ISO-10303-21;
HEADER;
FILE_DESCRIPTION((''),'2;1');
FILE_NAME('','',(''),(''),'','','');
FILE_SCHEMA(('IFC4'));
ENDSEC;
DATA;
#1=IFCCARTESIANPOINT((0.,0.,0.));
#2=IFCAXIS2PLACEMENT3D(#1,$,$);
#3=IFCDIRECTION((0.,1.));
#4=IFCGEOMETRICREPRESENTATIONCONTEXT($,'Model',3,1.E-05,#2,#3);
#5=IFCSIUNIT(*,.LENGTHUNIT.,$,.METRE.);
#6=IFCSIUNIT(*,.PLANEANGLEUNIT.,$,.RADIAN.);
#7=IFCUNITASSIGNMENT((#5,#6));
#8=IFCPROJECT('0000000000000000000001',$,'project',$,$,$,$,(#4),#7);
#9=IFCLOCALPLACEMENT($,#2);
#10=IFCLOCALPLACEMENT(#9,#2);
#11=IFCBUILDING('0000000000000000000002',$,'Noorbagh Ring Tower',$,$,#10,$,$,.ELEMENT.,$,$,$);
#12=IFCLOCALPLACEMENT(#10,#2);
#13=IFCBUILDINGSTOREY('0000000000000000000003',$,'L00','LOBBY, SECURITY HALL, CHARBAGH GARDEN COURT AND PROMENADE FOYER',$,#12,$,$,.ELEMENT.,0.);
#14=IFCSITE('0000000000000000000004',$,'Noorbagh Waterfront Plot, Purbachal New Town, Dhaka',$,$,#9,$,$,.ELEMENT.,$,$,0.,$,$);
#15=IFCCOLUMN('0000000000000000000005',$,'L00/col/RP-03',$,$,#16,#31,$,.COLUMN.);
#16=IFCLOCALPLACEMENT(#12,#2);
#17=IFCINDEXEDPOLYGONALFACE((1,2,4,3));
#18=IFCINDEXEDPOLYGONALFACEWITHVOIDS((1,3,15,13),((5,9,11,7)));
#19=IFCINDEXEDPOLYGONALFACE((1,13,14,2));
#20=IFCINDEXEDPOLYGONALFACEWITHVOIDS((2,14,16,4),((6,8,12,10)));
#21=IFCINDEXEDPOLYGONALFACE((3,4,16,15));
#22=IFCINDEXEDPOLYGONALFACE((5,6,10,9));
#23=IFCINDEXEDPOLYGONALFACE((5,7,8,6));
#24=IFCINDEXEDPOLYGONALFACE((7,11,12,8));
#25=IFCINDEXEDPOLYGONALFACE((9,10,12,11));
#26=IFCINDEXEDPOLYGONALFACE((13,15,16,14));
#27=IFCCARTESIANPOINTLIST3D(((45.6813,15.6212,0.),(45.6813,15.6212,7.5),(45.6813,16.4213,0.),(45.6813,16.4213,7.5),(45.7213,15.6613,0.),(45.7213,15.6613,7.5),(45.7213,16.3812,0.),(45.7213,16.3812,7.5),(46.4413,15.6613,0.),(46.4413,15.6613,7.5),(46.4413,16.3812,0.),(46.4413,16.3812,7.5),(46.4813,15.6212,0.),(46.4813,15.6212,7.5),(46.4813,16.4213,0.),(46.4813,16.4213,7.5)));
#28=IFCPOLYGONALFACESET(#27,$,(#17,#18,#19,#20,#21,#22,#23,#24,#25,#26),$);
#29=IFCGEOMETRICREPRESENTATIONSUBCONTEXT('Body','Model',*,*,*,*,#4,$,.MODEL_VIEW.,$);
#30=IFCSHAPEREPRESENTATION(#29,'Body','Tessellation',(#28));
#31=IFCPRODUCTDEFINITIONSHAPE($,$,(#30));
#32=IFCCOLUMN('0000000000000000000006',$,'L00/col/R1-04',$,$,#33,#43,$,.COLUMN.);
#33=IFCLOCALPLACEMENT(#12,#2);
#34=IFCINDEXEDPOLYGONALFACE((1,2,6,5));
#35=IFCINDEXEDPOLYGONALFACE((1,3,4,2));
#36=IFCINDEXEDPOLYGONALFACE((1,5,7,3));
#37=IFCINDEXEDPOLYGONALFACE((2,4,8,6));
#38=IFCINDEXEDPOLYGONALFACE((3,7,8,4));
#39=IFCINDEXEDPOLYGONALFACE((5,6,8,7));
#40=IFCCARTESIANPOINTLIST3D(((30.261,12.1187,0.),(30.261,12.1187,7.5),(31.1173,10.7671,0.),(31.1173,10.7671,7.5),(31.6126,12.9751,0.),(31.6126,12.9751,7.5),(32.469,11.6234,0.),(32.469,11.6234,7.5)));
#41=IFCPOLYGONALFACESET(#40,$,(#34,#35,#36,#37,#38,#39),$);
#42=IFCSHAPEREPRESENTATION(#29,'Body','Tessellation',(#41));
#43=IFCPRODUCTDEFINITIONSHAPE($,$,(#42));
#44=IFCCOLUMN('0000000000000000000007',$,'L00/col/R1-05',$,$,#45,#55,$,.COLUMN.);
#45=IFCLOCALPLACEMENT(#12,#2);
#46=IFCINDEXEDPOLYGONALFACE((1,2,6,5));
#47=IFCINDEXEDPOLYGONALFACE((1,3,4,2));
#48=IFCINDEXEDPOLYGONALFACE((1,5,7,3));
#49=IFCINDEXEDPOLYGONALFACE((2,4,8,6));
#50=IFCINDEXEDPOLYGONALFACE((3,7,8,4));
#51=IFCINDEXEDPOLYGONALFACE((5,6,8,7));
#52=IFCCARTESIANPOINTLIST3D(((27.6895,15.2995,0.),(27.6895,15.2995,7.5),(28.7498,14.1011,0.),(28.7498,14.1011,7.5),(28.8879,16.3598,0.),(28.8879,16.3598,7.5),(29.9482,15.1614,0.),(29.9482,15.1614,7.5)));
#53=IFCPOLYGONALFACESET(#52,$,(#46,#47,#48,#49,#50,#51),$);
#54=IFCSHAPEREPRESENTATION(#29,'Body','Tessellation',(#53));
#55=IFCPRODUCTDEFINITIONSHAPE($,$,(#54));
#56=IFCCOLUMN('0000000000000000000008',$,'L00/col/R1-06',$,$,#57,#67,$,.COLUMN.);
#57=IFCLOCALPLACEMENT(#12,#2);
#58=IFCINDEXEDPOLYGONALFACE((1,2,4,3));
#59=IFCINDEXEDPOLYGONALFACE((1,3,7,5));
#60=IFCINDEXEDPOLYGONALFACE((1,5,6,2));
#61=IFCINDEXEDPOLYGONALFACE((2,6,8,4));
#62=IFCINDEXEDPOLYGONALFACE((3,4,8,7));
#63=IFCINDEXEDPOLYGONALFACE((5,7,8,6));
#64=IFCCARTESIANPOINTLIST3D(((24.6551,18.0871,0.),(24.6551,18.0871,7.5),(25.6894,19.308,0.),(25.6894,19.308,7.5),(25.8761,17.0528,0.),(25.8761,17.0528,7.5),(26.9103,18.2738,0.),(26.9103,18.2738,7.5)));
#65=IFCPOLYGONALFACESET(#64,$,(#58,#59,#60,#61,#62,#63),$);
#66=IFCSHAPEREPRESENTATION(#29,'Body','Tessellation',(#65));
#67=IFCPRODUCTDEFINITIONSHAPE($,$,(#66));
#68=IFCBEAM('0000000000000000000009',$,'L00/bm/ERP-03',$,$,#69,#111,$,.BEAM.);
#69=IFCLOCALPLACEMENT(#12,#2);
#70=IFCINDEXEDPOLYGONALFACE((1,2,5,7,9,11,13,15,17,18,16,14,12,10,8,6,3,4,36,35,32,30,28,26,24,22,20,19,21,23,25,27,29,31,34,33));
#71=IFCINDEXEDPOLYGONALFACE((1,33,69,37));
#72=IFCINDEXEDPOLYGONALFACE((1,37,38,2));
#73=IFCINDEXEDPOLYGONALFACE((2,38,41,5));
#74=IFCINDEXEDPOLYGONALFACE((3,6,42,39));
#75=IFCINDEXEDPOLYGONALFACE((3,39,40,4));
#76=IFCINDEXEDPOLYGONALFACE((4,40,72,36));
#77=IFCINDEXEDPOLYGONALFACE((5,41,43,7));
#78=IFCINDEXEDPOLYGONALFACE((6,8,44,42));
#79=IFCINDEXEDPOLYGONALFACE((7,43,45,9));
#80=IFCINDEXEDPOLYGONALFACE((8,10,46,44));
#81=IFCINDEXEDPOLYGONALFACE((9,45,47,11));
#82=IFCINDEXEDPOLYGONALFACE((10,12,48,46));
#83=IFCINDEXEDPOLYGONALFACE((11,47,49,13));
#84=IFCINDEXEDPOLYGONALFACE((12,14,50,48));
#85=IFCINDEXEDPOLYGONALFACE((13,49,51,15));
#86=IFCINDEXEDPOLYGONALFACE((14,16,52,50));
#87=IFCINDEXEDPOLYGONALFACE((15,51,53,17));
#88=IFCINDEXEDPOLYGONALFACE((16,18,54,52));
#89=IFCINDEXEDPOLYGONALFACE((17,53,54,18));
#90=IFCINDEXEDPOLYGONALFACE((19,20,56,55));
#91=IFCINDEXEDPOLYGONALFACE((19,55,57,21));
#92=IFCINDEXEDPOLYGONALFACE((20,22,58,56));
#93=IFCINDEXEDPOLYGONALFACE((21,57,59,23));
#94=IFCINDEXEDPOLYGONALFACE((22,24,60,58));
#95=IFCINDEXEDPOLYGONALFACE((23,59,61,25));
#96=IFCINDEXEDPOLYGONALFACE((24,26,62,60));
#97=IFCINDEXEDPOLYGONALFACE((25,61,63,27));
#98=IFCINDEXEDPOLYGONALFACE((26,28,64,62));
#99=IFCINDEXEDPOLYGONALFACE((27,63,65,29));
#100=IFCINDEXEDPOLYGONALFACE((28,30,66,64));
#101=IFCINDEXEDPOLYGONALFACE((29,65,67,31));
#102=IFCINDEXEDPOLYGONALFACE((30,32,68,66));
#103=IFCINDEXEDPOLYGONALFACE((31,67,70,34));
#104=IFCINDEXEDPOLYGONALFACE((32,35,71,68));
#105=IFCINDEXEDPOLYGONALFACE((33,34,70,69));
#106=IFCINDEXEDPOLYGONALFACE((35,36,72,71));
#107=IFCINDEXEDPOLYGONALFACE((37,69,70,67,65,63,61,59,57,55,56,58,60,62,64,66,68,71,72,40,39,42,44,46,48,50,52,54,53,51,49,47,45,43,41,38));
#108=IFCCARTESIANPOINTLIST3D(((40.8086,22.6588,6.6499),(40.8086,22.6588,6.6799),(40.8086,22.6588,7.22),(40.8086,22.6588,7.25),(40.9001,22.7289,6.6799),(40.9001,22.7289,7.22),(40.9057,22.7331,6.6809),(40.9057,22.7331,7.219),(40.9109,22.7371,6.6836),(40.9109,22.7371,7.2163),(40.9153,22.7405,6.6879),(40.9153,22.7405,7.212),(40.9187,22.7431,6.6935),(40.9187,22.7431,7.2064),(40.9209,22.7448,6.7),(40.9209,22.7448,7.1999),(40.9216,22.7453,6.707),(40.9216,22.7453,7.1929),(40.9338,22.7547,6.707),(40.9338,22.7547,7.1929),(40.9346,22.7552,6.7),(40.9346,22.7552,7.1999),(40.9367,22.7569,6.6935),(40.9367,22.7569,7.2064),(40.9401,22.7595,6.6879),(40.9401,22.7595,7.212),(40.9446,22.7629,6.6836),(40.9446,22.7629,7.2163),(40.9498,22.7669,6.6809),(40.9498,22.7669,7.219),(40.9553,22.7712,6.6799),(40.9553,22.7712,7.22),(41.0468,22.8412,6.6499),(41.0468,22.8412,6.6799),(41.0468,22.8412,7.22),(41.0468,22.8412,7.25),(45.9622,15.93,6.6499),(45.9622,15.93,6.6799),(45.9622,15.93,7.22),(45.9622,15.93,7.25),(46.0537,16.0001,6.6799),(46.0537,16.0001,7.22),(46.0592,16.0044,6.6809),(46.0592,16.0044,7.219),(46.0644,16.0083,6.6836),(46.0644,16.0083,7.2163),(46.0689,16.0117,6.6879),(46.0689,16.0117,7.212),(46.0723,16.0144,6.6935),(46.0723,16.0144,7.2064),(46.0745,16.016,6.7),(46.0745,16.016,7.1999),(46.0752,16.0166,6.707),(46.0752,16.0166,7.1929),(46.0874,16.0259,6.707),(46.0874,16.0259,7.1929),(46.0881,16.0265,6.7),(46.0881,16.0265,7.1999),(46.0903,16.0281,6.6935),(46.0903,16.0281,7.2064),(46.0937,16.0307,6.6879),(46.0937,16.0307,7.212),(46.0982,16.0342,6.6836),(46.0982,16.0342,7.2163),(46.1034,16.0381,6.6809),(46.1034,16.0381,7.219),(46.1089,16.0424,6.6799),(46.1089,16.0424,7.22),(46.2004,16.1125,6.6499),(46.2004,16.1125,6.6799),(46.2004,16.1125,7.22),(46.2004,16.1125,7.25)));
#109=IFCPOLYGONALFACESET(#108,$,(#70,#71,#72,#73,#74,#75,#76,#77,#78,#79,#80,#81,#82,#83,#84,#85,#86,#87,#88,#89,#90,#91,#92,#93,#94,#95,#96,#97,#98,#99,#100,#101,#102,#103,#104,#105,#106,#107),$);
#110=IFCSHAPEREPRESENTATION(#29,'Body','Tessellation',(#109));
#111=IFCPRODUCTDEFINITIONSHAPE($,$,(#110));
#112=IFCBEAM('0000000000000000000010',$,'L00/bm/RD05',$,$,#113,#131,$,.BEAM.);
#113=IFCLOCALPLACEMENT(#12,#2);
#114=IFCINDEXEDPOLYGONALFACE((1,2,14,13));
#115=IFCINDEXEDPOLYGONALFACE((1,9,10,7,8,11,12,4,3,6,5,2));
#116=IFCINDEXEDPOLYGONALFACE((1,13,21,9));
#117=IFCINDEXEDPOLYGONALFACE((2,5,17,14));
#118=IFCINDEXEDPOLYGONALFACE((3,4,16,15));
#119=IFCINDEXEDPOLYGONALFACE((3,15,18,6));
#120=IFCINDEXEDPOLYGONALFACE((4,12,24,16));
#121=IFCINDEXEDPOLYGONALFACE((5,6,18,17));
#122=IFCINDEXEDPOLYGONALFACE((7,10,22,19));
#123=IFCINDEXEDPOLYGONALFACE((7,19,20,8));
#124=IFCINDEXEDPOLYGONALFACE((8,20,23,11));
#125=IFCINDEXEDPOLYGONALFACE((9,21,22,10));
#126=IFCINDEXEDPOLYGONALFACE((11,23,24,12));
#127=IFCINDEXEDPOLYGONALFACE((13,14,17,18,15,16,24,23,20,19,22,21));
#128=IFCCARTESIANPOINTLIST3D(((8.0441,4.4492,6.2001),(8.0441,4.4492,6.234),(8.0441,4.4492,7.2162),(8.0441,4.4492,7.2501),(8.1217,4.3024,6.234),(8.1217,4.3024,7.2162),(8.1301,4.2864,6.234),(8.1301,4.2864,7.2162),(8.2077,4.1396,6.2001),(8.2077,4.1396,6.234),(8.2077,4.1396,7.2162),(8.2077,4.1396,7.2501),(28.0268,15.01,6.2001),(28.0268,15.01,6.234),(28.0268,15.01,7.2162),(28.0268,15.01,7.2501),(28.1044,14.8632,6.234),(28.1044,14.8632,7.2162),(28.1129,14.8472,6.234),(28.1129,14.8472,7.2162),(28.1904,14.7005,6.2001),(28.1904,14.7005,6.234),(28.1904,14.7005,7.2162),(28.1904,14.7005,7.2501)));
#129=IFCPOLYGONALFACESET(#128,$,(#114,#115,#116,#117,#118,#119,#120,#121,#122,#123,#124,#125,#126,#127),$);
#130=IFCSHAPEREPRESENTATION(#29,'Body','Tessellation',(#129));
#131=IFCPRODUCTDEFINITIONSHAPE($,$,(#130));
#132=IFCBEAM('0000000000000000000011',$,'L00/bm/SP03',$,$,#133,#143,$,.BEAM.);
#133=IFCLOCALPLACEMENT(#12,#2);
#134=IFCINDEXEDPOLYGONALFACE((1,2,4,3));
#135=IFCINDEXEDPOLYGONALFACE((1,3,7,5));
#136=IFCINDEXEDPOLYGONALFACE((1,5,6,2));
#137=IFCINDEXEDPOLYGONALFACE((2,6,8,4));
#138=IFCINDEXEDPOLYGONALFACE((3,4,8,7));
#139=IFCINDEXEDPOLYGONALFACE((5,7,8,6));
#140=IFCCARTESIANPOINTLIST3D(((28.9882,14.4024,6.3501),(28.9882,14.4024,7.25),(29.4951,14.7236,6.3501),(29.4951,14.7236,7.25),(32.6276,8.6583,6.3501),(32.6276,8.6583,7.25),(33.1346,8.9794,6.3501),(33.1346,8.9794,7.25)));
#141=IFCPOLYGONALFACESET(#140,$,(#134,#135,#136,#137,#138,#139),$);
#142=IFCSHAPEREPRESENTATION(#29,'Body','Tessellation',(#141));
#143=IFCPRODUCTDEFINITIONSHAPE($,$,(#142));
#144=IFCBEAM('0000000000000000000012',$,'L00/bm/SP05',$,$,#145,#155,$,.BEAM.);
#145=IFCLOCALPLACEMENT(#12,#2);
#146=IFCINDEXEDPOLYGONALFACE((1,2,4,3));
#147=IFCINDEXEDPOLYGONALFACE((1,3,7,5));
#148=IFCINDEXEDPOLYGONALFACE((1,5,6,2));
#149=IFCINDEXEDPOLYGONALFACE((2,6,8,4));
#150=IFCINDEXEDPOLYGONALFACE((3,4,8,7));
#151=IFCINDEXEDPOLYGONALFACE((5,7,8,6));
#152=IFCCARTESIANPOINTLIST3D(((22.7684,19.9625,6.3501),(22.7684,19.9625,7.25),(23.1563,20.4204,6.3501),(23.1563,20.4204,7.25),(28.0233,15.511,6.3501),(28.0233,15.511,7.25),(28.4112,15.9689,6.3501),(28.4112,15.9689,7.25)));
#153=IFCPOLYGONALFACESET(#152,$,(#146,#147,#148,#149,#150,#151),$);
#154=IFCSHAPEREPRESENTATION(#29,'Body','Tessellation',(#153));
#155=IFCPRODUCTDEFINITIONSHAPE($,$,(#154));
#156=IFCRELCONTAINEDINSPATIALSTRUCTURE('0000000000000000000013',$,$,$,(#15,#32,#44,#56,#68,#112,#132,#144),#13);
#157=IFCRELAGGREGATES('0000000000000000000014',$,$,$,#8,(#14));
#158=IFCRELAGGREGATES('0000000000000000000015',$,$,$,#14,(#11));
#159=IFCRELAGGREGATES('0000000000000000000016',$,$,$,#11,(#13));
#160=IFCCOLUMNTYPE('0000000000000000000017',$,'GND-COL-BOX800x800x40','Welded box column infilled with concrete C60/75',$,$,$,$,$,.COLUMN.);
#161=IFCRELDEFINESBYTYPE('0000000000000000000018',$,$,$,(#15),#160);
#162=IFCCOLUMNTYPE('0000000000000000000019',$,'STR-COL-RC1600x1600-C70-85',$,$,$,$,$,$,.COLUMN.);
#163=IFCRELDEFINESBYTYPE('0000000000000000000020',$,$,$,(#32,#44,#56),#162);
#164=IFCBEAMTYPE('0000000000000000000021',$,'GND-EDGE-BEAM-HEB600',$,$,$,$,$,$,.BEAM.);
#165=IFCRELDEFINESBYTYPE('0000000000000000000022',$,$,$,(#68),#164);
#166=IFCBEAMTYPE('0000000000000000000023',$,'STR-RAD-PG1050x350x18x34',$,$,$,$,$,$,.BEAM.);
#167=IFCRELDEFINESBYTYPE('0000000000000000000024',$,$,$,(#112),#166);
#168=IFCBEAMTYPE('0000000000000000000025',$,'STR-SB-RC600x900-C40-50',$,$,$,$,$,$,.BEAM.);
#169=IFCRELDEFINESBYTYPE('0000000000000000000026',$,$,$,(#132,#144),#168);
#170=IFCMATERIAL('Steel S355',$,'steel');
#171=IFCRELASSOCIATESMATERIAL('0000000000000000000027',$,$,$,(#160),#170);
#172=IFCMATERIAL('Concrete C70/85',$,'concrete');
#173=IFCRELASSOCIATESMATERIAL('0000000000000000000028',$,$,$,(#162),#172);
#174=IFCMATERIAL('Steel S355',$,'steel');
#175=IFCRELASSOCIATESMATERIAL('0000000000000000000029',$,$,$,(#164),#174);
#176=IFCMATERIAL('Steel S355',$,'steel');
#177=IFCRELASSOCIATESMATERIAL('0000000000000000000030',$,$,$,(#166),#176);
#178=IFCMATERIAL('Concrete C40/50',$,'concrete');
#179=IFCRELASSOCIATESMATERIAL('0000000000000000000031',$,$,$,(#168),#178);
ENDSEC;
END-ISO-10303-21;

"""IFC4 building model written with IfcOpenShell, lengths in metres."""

from ifc_helpers import new_model, si_unit, direction, frame, origin, origin_2d, place, context, subcontext, project, spatial, rectangle, hollow_rectangle, i_section, extrude, material, material_profile, profile_set, type_object, element, save


model = new_model("IFC4")

# Units and contexts
model_context = context("Model", 3, precision=1e-05, world=origin(), true_north=direction((0.0, 1.0)))
body_context = subcontext(model_context, "Body", "Model", "MODEL_VIEW")
ifc_project = project(units=[si_unit("LENGTHUNIT", "METRE"), si_unit("PLANEANGLEUNIT", "RADIAN")], contexts=[model_context])

# Site, building, storey
site_placement = place(None, origin())
site = spatial("IfcSite", under=ifc_project, at=site_placement, Name="Noorbagh Waterfront Plot, Purbachal New Town, Dhaka", CompositionType="ELEMENT", RefElevation=0.0)
building_placement = place(site_placement, origin())
building = spatial("IfcBuilding", under=site, at=building_placement, Name="Noorbagh Ring Tower", CompositionType="ELEMENT")
storey_placement = place(building_placement, origin())
storey = spatial("IfcBuildingStorey", under=building, at=storey_placement, Name="L00", Description="LOBBY, SECURITY HALL, CHARBAGH GARDEN COURT AND PROMENADE FOYER", CompositionType="ELEMENT", Elevation=0.0)

# Columns
ifc_material_1 = material(Name="Steel S355", Category="steel")
ifc_material_profile_1 = material_profile(ifc_material_1, hollow_rectangle(XDim=0.8, YDim=0.8, WallThickness=0.04, at=origin_2d()), Name="BOX800x800x40")
ifc_profile_set_1 = profile_set([ifc_material_profile_1], Name="Steel S355")
column_type_1 = type_object("IfcColumnType", Name="GND-COL-BOX800x800x40", Description="Welded box column infilled with concrete C60/75", PredefinedType="COLUMN", material=ifc_profile_set_1)
column_placement = place(storey_placement, frame((46.0813, 16.0212, 0.0), z_axis=(0.0, 0.0, 1.0), x_axis=(1.0, 0.0, 0.0)))
element("IfcColumn", 1, at=column_placement, inside=storey, type_object=column_type_1, Name="L00/col/RP-03", PredefinedType="COLUMN", context=body_context, shape_type="SweptSolid", body=[
    extrude(hollow_rectangle(XDim=0.8, YDim=0.8, WallThickness=0.04, at=origin_2d()), origin(), (0.0, 0.0, 1.0), 7.5),
])
ifc_material_2 = material(Name="Concrete C70/85", Category="concrete")
ifc_material_profile_2 = material_profile(ifc_material_2, rectangle(XDim=1.6001, YDim=1.6001, at=origin_2d()), Name="RC1600x1600")
ifc_profile_set_2 = profile_set([ifc_material_profile_2], Name="Concrete C70/85")
column_type_2 = type_object("IfcColumnType", Name="STR-COL-RC1600x1600-C70-85", PredefinedType="COLUMN", material=ifc_profile_set_2)
for number, where, z_axis, x_axis, name in (
    (2, (31.365, 11.8711, 0.0), (0.0, 0.0, 1.0), (-0.53519, 0.844731, 0.0), "L00/col/R1-04"),
    (3, (28.8188, 15.2305, 0.0), (0.0, 0.0, 1.0), (-0.662636, 0.748942, 0.0), "L00/col/R1-05"),
    (4, (25.7827, 18.1804, 0.0), (0.0, 0.0, 1.0), (-0.763035, 0.646357, 0.0), "L00/col/R1-06"),
):
    element("IfcColumn", number, at=place(storey_placement, frame(where, z_axis=z_axis, x_axis=x_axis)), inside=storey, type_object=column_type_2, Name=name, PredefinedType="COLUMN", context=body_context, shape_type="SweptSolid", body=[
        extrude(rectangle(XDim=1.6001, YDim=1.6001, at=origin_2d()), origin(), (0.0, 0.0, 1.0), 7.5),
    ])

# Beams
ifc_material_3 = material(Name="Steel S355", Category="steel")
ifc_material_profile_3 = material_profile(ifc_material_3, i_section(OverallWidth=0.3, OverallDepth=0.6001, WebThickness=0.0154, FlangeThickness=0.03, FilletRadius=0.0271, at=origin_2d()), Name="HEB600")
ifc_profile_set_3 = profile_set([ifc_material_profile_3], Name="Steel S355")
beam_type_1 = type_object("IfcBeamType", Name="GND-EDGE-BEAM-HEB600", PredefinedType="BEAM", material=ifc_profile_set_3)
beam_1_placement = place(storey_placement, frame((46.0813, 16.0212, 6.95), z_axis=(-0.608049, 0.7939, 0.0), x_axis=(-0.7939, -0.608049, 0.0)))
element("IfcBeam", 5, at=beam_1_placement, inside=storey, type_object=beam_type_1, Name="L00/bm/ERP-03", PredefinedType="BEAM", context=body_context, shape_type="SweptSolid", body=[
    extrude(i_section(OverallWidth=0.3, OverallDepth=0.6001, WebThickness=0.0154, FlangeThickness=0.03, FilletRadius=0.0271, at=origin_2d()), origin(), (0.0, 0.0, 1.0), 8.4756),
])
ifc_material_4 = material(Name="Steel S355", Category="steel")
ifc_material_profile_4 = material_profile(ifc_material_4, i_section(OverallWidth=0.3501, OverallDepth=1.05, WebThickness=0.0181, FlangeThickness=0.0339, at=origin_2d()), Name="PG1050x350x18x34")
ifc_profile_set_4 = profile_set([ifc_material_profile_4], Name="Steel S355")
beam_type_2 = type_object("IfcBeamType", Name="STR-RAD-PG1050x350x18x34", PredefinedType="BEAM", material=ifc_profile_set_4)
beam_2_placement = place(storey_placement, frame((28.1086, 14.8552, 6.7251), z_axis=(-0.884122, -0.467256, 0.0), x_axis=(0.467256, -0.884122, 0.0)))
element("IfcBeam", 6, at=beam_2_placement, inside=storey, type_object=beam_type_2, Name="L00/bm/RD05", PredefinedType="BEAM", context=body_context, shape_type="SweptSolid", body=[
    extrude(i_section(OverallWidth=0.3501, OverallDepth=1.05, WebThickness=0.0181, FlangeThickness=0.0339, at=origin_2d()), origin(), (0.0, 0.0, 1.0), 22.6018),
])
ifc_material_5 = material(Name="Concrete C40/50", Category="concrete")
ifc_material_profile_5 = material_profile(ifc_material_5, rectangle(XDim=0.6001, YDim=0.8999, at=origin_2d()), Name="RC600x900")
ifc_profile_set_5 = profile_set([ifc_material_profile_5], Name="Concrete C40/50")
beam_type_3 = type_object("IfcBeamType", Name="STR-SB-RC600x900-C40-50", PredefinedType="BEAM", material=ifc_profile_set_5)
beam_3_placement = place(storey_placement, frame((32.8811, 8.8188, 6.8), z_axis=(-0.535204, 0.844723, 0.0), x_axis=(-0.844723, -0.535204, 0.0)))
element("IfcBeam", 7, at=beam_3_placement, inside=storey, type_object=beam_type_3, Name="L00/bm/SP03", PredefinedType="BEAM", context=body_context, shape_type="SweptSolid", body=[
    extrude(rectangle(XDim=0.6001, YDim=0.8999, at=origin_2d()), origin(), (0.0, 0.0, 1.0), 6.8),
])
beam_4_placement = place(storey_placement, frame((28.2173, 15.74, 6.8), z_axis=(-0.76303, 0.646363, 0.0), x_axis=(-0.646363, -0.76303, 0.0)))
element("IfcBeam", 8, at=beam_4_placement, inside=storey, type_object=beam_type_3, Name="L00/bm/SP05", PredefinedType="BEAM", context=body_context, shape_type="SweptSolid", body=[
    extrude(rectangle(XDim=0.6001, YDim=0.8999, at=origin_2d()), origin(), (0.0, 0.0, 1.0), 6.887),
])

save(model, "model.ifc")
